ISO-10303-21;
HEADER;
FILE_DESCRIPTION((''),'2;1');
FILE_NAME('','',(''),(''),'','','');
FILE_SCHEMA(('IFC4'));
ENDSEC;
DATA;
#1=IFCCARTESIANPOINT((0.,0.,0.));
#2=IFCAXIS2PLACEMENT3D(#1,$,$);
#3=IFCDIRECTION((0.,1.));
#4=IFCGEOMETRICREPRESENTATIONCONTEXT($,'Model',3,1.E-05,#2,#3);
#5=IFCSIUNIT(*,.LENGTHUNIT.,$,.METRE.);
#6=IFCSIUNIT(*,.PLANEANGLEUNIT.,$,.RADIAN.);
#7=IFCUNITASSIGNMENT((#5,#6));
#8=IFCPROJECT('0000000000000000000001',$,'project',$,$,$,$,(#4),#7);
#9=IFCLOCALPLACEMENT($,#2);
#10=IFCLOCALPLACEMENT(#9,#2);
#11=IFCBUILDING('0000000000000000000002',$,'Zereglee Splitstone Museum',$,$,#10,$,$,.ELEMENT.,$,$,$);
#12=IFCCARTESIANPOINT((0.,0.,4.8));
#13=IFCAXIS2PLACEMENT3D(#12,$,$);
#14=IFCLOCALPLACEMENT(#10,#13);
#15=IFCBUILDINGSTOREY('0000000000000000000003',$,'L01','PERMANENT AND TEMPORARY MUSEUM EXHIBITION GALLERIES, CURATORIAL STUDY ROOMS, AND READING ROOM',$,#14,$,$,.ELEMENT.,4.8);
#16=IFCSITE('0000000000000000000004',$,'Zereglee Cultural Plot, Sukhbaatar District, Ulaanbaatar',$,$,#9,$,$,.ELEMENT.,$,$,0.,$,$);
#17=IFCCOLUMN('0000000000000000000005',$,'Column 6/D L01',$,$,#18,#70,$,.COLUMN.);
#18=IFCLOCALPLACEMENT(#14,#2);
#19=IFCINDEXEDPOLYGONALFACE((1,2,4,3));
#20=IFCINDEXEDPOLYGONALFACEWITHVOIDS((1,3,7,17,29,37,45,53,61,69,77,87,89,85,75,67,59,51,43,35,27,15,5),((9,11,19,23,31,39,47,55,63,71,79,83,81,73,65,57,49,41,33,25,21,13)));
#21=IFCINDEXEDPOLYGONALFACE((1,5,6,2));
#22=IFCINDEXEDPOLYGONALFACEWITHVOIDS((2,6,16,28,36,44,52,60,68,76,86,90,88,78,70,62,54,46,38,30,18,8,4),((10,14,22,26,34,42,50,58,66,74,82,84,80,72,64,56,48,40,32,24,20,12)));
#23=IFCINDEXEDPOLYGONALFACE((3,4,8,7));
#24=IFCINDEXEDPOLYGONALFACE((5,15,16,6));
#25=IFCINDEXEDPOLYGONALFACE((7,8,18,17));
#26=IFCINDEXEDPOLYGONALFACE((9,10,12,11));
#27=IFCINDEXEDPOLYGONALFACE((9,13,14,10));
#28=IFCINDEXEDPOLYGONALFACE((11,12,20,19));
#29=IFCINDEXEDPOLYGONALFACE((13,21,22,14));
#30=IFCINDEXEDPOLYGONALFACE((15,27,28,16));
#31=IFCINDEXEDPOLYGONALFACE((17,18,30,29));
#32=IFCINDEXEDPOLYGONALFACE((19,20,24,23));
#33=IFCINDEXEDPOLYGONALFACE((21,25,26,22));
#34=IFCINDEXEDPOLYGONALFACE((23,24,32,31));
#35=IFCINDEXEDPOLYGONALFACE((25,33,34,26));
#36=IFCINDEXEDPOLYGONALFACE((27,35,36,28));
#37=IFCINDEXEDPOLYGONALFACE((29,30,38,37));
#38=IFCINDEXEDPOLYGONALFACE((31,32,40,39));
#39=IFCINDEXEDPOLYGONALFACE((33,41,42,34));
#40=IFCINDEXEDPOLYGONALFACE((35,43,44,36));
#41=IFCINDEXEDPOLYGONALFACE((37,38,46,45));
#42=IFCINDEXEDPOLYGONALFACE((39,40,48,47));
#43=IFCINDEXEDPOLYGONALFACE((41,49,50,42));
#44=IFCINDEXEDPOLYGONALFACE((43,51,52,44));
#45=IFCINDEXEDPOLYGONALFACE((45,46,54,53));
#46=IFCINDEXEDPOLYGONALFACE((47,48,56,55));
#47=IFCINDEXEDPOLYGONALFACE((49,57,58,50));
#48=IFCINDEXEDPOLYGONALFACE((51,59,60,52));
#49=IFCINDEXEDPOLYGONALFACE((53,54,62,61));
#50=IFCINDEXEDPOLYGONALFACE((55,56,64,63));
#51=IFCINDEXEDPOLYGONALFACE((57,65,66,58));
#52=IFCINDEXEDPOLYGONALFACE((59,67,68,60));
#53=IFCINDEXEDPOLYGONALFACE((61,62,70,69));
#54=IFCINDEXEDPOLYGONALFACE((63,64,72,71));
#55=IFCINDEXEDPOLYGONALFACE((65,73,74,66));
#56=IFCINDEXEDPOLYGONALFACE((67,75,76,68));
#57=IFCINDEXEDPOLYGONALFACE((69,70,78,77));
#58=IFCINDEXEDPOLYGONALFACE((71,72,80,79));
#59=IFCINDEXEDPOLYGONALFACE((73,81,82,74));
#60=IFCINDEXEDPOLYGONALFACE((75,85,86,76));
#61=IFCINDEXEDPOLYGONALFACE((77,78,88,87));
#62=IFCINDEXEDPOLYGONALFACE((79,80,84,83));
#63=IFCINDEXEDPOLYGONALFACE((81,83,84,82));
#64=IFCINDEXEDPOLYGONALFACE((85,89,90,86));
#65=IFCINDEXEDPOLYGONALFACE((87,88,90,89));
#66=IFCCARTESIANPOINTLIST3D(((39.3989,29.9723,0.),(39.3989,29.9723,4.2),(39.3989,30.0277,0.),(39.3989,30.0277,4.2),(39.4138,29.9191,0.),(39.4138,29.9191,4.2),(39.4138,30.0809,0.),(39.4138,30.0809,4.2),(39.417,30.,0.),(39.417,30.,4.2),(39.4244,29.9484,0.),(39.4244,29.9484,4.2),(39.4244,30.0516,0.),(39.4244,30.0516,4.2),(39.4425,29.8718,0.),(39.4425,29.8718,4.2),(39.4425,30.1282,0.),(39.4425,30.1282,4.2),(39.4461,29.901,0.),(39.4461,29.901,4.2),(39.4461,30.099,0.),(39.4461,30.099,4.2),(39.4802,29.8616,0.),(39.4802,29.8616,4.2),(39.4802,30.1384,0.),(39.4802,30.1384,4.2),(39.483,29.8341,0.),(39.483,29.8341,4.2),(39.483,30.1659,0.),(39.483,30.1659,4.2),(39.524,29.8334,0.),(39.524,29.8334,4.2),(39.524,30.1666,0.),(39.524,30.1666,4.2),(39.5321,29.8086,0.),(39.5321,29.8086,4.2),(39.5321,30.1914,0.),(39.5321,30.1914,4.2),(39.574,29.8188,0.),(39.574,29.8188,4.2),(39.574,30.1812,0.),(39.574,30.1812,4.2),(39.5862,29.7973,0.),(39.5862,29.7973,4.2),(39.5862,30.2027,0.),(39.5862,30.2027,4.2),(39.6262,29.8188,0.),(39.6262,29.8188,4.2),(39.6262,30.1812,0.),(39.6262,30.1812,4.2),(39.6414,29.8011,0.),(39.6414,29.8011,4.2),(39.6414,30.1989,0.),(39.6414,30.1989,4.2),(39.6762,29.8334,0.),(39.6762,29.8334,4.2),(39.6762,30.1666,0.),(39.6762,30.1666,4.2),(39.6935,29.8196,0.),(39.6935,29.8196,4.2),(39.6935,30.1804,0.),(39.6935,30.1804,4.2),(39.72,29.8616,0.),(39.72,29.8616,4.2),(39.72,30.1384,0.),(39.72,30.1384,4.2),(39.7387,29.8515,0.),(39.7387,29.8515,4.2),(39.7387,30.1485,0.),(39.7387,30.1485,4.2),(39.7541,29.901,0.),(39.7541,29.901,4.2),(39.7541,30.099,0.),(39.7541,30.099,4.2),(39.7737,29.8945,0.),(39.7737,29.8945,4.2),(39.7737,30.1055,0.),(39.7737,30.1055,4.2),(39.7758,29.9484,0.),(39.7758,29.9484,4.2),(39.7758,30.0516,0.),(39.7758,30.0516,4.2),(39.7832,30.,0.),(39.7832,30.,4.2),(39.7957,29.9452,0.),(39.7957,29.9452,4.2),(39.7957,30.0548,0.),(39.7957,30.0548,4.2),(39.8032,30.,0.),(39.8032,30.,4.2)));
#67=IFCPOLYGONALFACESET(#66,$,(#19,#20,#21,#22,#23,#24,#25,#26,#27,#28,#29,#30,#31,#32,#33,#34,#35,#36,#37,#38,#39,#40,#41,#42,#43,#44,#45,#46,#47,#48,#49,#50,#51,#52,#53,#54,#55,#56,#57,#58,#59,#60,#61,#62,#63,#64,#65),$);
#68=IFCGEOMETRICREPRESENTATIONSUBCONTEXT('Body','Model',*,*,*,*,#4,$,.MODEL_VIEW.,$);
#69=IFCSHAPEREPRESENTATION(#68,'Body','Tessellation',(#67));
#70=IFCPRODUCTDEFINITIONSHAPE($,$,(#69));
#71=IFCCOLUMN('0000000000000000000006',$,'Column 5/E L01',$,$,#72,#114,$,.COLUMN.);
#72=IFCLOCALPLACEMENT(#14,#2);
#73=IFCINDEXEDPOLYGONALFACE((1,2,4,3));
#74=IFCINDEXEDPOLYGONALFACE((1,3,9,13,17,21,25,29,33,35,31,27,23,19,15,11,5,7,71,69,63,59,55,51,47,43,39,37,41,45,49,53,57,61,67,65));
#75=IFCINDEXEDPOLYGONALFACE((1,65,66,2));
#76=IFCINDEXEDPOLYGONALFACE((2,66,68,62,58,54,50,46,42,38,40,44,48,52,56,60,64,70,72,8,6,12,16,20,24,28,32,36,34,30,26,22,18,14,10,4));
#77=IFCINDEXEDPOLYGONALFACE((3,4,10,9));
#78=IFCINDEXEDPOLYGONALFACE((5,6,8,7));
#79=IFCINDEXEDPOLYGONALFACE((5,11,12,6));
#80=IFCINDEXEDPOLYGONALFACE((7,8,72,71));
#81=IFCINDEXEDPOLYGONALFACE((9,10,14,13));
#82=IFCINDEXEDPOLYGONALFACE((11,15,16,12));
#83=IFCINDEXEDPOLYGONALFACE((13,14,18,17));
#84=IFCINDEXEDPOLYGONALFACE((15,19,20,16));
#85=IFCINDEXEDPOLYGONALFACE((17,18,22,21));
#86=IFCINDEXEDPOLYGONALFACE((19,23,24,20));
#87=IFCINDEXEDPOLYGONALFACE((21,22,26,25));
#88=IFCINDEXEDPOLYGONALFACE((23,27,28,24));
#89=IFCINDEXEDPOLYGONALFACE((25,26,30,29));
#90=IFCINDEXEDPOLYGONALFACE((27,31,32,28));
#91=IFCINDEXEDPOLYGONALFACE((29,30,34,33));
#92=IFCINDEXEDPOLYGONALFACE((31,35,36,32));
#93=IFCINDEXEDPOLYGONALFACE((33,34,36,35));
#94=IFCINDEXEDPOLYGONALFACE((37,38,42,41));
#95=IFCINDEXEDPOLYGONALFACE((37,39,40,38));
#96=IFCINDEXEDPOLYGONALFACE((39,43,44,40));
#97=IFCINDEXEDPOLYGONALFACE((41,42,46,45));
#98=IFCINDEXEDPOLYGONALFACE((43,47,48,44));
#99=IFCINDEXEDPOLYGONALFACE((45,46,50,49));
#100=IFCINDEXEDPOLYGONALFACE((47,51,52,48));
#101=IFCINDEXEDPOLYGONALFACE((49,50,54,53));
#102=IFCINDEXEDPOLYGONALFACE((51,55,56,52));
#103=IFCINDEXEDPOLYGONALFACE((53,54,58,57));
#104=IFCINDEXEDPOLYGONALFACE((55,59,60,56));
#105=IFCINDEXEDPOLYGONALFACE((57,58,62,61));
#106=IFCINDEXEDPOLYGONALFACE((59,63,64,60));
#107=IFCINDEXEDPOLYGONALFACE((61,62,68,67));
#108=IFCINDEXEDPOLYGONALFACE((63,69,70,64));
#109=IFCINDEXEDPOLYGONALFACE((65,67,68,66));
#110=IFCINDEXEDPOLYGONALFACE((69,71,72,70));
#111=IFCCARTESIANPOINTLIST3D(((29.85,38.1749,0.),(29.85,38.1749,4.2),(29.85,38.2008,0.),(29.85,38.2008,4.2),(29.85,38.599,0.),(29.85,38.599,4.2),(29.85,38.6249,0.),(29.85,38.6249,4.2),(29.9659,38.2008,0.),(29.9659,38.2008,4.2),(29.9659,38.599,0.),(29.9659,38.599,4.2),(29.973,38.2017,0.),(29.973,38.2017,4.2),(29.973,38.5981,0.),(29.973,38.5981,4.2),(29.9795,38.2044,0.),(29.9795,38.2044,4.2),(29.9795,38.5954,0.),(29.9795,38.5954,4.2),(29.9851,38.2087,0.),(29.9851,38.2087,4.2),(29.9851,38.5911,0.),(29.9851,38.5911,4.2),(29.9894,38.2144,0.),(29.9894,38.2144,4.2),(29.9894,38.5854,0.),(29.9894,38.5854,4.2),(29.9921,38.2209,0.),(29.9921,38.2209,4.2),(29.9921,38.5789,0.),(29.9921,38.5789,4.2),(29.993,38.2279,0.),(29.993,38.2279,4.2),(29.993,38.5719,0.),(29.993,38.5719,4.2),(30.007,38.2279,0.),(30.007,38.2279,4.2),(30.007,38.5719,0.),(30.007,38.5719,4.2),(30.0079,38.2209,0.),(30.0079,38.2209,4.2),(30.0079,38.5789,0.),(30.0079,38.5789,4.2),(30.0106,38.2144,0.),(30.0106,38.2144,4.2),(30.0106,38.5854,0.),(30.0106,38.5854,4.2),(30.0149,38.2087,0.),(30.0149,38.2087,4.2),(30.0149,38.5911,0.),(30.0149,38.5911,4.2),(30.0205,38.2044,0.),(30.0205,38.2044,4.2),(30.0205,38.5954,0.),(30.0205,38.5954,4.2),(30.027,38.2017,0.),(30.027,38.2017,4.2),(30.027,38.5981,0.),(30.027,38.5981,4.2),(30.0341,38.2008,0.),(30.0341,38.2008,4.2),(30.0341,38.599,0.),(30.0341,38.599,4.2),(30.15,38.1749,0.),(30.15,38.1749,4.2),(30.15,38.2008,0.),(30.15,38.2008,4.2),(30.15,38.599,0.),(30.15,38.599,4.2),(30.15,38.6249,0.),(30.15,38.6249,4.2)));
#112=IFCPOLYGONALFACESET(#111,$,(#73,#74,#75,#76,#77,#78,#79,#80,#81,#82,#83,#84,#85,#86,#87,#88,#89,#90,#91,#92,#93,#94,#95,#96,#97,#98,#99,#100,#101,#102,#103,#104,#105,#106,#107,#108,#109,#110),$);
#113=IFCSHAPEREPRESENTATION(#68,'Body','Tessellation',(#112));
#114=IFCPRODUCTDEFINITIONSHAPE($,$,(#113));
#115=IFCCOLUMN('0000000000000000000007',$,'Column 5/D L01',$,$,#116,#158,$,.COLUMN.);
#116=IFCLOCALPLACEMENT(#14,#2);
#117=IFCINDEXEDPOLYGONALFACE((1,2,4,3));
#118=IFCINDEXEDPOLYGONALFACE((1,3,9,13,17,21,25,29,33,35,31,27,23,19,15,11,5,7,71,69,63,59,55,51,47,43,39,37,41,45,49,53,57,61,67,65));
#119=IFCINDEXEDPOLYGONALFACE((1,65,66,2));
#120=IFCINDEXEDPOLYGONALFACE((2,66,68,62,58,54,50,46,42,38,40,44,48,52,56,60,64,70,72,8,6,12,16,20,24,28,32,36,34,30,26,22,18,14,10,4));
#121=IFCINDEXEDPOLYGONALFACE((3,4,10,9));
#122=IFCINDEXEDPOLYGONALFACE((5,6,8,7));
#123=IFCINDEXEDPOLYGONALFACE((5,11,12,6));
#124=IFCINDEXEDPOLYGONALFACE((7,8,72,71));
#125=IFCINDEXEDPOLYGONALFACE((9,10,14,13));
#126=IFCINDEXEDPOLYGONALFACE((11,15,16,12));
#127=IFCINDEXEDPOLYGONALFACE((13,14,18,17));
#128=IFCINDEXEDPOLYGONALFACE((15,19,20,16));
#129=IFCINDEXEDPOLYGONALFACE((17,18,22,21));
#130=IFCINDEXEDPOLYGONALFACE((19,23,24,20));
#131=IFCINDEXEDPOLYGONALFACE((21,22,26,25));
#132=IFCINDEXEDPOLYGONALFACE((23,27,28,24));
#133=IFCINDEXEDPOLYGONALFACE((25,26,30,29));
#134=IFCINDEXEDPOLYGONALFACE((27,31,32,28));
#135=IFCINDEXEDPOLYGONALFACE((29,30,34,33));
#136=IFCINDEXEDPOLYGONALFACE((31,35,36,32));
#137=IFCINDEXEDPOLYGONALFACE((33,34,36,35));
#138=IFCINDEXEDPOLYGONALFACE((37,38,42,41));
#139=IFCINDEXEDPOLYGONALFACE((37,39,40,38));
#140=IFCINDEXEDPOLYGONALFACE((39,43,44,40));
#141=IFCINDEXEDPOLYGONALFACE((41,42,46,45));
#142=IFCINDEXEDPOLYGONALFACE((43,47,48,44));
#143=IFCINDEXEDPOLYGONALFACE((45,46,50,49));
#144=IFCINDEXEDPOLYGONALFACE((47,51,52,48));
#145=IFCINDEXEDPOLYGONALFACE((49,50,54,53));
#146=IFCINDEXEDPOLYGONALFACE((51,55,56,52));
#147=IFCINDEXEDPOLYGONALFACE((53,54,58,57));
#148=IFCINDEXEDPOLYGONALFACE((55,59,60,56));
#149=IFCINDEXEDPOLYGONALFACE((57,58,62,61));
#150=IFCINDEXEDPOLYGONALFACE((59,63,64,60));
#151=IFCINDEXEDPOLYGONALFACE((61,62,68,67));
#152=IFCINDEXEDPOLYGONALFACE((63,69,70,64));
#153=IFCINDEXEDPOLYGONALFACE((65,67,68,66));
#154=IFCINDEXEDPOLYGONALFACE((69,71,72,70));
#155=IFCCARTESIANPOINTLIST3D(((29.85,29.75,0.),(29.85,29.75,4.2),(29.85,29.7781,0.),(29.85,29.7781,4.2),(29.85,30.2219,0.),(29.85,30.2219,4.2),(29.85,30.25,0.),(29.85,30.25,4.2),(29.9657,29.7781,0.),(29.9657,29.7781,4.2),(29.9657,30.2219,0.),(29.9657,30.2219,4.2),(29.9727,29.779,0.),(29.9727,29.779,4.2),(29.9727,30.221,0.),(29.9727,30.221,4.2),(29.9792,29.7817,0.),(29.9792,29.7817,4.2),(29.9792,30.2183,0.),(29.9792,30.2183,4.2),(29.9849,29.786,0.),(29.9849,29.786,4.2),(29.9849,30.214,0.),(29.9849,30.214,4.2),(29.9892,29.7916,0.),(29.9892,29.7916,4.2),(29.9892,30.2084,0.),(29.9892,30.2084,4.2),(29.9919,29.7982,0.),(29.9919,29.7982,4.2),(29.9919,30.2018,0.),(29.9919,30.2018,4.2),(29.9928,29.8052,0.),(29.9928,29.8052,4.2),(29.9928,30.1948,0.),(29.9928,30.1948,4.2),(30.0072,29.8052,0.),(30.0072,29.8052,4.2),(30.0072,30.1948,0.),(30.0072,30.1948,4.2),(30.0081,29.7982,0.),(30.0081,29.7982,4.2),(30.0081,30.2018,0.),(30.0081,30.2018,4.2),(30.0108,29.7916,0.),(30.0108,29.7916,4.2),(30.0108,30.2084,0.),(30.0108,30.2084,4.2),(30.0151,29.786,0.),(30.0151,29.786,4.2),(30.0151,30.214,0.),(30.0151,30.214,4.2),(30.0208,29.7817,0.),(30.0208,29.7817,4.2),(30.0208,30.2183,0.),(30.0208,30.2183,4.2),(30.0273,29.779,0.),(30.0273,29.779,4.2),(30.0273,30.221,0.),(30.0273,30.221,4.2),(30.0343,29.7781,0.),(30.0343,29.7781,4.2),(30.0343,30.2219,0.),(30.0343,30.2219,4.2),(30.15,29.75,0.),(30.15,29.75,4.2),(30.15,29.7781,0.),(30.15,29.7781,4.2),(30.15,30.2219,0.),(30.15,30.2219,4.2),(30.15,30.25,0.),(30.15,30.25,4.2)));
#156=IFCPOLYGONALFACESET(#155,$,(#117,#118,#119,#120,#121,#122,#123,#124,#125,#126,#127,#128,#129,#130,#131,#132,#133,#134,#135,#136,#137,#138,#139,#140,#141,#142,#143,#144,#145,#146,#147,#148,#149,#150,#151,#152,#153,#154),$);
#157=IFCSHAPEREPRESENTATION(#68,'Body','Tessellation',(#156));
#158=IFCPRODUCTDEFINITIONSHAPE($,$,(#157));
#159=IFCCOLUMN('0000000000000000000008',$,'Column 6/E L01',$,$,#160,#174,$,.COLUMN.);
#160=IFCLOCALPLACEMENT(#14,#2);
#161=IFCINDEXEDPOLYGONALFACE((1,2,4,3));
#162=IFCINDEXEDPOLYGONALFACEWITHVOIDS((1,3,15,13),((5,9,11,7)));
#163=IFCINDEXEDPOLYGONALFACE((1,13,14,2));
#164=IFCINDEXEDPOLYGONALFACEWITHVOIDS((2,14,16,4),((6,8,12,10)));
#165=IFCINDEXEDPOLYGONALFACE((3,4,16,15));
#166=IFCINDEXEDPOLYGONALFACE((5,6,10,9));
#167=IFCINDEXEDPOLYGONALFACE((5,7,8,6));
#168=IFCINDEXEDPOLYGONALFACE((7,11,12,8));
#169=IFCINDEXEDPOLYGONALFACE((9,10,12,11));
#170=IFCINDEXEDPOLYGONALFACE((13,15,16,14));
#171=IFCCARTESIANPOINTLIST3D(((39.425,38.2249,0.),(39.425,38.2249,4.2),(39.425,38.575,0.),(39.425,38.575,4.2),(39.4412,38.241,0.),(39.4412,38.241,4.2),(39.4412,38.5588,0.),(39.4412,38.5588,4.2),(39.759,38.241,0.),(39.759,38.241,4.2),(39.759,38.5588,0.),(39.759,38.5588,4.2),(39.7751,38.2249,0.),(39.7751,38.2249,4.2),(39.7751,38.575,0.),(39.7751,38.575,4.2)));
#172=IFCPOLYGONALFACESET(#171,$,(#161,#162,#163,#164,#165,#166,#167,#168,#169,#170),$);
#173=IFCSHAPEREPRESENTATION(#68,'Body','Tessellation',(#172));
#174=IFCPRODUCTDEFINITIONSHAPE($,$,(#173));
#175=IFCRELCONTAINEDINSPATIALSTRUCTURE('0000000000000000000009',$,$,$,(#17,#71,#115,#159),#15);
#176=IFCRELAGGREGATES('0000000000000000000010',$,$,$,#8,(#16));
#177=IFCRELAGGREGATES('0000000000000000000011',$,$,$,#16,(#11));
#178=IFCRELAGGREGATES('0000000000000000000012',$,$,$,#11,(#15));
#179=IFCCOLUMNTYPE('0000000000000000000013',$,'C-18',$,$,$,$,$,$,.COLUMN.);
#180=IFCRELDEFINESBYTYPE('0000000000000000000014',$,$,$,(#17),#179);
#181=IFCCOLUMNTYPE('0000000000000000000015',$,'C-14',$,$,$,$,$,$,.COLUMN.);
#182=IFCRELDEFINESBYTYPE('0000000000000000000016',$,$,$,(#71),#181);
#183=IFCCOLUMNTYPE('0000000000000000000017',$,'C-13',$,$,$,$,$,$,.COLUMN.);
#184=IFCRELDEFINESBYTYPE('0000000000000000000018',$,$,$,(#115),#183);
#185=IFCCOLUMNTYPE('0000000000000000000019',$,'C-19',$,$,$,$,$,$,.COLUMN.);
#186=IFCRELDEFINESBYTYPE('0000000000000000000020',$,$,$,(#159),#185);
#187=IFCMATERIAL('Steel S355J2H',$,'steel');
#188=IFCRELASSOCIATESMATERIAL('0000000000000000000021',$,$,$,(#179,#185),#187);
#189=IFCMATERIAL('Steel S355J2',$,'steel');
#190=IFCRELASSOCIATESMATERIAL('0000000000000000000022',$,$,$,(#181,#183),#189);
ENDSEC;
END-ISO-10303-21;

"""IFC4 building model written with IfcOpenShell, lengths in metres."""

from ifc_helpers import new_model, si_unit, direction, frame, origin, origin_2d, place, context, subcontext, project, spatial, hollow_rectangle, hollow_circle, i_section, extrude, material, material_profile, profile_set, type_object, element, save


model = new_model("IFC4")

# Units and contexts
model_context = context("Model", 3, precision=1e-05, world=origin(), true_north=direction((0.0, 1.0)))
body_context = subcontext(model_context, "Body", "Model", "MODEL_VIEW")
ifc_project = project(units=[si_unit("LENGTHUNIT", "METRE"), si_unit("PLANEANGLEUNIT", "RADIAN")], contexts=[model_context])

# Site, building, storey
site_placement = place(None, origin())
site = spatial("IfcSite", under=ifc_project, at=site_placement, Name="Zereglee Cultural Plot, Sukhbaatar District, Ulaanbaatar", CompositionType="ELEMENT", RefElevation=0.0)
building_placement = place(site_placement, origin())
building = spatial("IfcBuilding", under=site, at=building_placement, Name="Zereglee Splitstone Museum", CompositionType="ELEMENT")
storey_placement = place(building_placement, frame((0.0, 0.0, 4.8)))
storey = spatial("IfcBuildingStorey", under=building, at=storey_placement, Name="L01", Description="PERMANENT AND TEMPORARY MUSEUM EXHIBITION GALLERIES, CURATORIAL STUDY ROOMS, AND READING ROOM", CompositionType="ELEMENT", Elevation=4.8)

# Columns
ifc_material_1 = material(Name="Steel S355J2H", Category="steel")
ifc_material_profile_1 = material_profile(ifc_material_1, hollow_circle(Radius=0.2031, WallThickness=0.02, at=origin_2d()), Name="CHS 406.4x20")
ifc_profile_set_1 = profile_set([ifc_material_profile_1], Name="Steel S355J2H")
column_type_1 = type_object("IfcColumnType", Name="C-18", PredefinedType="COLUMN", material=ifc_profile_set_1)
column_1_placement = place(storey_placement, frame((39.6001, 30.0, 0.0), z_axis=(0.0, 0.0, 1.0), x_axis=(1.0, 0.0, 0.0)))
element("IfcColumn", 1, at=column_1_placement, inside=storey, type_object=column_type_1, Name="Column 6/D L01", PredefinedType="COLUMN", context=body_context, shape_type="SweptSolid", body=[
    extrude(hollow_circle(Radius=0.2031, WallThickness=0.02, at=origin_2d()), origin(), (0.0, 0.0, 1.0), 4.2),
])
ifc_material_2 = material(Name="Steel S355J2", Category="steel")
ifc_material_profile_2 = material_profile(ifc_material_2, i_section(OverallWidth=0.3, OverallDepth=0.45, WebThickness=0.0139, FlangeThickness=0.0259, FilletRadius=0.0271, at=origin_2d()), Name="HE 450 B")
ifc_profile_set_2 = profile_set([ifc_material_profile_2], Name="Steel S355J2")
column_type_2 = type_object("IfcColumnType", Name="C-14", PredefinedType="COLUMN", material=ifc_profile_set_2)
column_2_placement = place(storey_placement, frame((30.0, 38.3999, 0.0), z_axis=(0.0, 0.0, 1.0), x_axis=(1.0, 0.0, 0.0)))
element("IfcColumn", 2, at=column_2_placement, inside=storey, type_object=column_type_2, Name="Column 5/E L01", PredefinedType="COLUMN", context=body_context, shape_type="SweptSolid", body=[
    extrude(i_section(OverallWidth=0.3, OverallDepth=0.45, WebThickness=0.0139, FlangeThickness=0.0259, FilletRadius=0.0271, at=origin_2d()), origin(), (0.0, 0.0, 1.0), 4.2),
])
ifc_material_profile_3 = material_profile(ifc_material_2, i_section(OverallWidth=0.3, OverallDepth=0.5, WebThickness=0.0144, FlangeThickness=0.0281, FilletRadius=0.0271, at=origin_2d()), Name="HE 500 B")
ifc_profile_set_3 = profile_set([ifc_material_profile_3], Name="Steel S355J2")
column_type_3 = type_object("IfcColumnType", Name="C-13", PredefinedType="COLUMN", material=ifc_profile_set_3)
column_3_placement = place(storey_placement, frame((30.0, 30.0, 0.0), z_axis=(0.0, 0.0, 1.0), x_axis=(1.0, 0.0, 0.0)))
element("IfcColumn", 3, at=column_3_placement, inside=storey, type_object=column_type_3, Name="Column 5/D L01", PredefinedType="COLUMN", context=body_context, shape_type="SweptSolid", body=[
    extrude(i_section(OverallWidth=0.3, OverallDepth=0.5, WebThickness=0.0144, FlangeThickness=0.0281, FilletRadius=0.0271, at=origin_2d()), origin(), (0.0, 0.0, 1.0), 4.2),
])
ifc_material_profile_4 = material_profile(ifc_material_1, hollow_rectangle(XDim=0.3501, YDim=0.3501, WallThickness=0.0161, at=origin_2d()), Name="SHS 350x350x16")
ifc_profile_set_4 = profile_set([ifc_material_profile_4], Name="Steel S355J2H")
column_type_4 = type_object("IfcColumnType", Name="C-19", PredefinedType="COLUMN", material=ifc_profile_set_4)
column_4_placement = place(storey_placement, frame((39.6001, 38.3999, 0.0), z_axis=(0.0, 0.0, 1.0), x_axis=(1.0, 0.0, 0.0)))
element("IfcColumn", 4, at=column_4_placement, inside=storey, type_object=column_type_4, Name="Column 6/E L01", PredefinedType="COLUMN", context=body_context, shape_type="SweptSolid", body=[
    extrude(hollow_rectangle(XDim=0.3501, YDim=0.3501, WallThickness=0.0161, at=origin_2d()), origin(), (0.0, 0.0, 1.0), 4.2),
])

save(model, "model.ifc")
